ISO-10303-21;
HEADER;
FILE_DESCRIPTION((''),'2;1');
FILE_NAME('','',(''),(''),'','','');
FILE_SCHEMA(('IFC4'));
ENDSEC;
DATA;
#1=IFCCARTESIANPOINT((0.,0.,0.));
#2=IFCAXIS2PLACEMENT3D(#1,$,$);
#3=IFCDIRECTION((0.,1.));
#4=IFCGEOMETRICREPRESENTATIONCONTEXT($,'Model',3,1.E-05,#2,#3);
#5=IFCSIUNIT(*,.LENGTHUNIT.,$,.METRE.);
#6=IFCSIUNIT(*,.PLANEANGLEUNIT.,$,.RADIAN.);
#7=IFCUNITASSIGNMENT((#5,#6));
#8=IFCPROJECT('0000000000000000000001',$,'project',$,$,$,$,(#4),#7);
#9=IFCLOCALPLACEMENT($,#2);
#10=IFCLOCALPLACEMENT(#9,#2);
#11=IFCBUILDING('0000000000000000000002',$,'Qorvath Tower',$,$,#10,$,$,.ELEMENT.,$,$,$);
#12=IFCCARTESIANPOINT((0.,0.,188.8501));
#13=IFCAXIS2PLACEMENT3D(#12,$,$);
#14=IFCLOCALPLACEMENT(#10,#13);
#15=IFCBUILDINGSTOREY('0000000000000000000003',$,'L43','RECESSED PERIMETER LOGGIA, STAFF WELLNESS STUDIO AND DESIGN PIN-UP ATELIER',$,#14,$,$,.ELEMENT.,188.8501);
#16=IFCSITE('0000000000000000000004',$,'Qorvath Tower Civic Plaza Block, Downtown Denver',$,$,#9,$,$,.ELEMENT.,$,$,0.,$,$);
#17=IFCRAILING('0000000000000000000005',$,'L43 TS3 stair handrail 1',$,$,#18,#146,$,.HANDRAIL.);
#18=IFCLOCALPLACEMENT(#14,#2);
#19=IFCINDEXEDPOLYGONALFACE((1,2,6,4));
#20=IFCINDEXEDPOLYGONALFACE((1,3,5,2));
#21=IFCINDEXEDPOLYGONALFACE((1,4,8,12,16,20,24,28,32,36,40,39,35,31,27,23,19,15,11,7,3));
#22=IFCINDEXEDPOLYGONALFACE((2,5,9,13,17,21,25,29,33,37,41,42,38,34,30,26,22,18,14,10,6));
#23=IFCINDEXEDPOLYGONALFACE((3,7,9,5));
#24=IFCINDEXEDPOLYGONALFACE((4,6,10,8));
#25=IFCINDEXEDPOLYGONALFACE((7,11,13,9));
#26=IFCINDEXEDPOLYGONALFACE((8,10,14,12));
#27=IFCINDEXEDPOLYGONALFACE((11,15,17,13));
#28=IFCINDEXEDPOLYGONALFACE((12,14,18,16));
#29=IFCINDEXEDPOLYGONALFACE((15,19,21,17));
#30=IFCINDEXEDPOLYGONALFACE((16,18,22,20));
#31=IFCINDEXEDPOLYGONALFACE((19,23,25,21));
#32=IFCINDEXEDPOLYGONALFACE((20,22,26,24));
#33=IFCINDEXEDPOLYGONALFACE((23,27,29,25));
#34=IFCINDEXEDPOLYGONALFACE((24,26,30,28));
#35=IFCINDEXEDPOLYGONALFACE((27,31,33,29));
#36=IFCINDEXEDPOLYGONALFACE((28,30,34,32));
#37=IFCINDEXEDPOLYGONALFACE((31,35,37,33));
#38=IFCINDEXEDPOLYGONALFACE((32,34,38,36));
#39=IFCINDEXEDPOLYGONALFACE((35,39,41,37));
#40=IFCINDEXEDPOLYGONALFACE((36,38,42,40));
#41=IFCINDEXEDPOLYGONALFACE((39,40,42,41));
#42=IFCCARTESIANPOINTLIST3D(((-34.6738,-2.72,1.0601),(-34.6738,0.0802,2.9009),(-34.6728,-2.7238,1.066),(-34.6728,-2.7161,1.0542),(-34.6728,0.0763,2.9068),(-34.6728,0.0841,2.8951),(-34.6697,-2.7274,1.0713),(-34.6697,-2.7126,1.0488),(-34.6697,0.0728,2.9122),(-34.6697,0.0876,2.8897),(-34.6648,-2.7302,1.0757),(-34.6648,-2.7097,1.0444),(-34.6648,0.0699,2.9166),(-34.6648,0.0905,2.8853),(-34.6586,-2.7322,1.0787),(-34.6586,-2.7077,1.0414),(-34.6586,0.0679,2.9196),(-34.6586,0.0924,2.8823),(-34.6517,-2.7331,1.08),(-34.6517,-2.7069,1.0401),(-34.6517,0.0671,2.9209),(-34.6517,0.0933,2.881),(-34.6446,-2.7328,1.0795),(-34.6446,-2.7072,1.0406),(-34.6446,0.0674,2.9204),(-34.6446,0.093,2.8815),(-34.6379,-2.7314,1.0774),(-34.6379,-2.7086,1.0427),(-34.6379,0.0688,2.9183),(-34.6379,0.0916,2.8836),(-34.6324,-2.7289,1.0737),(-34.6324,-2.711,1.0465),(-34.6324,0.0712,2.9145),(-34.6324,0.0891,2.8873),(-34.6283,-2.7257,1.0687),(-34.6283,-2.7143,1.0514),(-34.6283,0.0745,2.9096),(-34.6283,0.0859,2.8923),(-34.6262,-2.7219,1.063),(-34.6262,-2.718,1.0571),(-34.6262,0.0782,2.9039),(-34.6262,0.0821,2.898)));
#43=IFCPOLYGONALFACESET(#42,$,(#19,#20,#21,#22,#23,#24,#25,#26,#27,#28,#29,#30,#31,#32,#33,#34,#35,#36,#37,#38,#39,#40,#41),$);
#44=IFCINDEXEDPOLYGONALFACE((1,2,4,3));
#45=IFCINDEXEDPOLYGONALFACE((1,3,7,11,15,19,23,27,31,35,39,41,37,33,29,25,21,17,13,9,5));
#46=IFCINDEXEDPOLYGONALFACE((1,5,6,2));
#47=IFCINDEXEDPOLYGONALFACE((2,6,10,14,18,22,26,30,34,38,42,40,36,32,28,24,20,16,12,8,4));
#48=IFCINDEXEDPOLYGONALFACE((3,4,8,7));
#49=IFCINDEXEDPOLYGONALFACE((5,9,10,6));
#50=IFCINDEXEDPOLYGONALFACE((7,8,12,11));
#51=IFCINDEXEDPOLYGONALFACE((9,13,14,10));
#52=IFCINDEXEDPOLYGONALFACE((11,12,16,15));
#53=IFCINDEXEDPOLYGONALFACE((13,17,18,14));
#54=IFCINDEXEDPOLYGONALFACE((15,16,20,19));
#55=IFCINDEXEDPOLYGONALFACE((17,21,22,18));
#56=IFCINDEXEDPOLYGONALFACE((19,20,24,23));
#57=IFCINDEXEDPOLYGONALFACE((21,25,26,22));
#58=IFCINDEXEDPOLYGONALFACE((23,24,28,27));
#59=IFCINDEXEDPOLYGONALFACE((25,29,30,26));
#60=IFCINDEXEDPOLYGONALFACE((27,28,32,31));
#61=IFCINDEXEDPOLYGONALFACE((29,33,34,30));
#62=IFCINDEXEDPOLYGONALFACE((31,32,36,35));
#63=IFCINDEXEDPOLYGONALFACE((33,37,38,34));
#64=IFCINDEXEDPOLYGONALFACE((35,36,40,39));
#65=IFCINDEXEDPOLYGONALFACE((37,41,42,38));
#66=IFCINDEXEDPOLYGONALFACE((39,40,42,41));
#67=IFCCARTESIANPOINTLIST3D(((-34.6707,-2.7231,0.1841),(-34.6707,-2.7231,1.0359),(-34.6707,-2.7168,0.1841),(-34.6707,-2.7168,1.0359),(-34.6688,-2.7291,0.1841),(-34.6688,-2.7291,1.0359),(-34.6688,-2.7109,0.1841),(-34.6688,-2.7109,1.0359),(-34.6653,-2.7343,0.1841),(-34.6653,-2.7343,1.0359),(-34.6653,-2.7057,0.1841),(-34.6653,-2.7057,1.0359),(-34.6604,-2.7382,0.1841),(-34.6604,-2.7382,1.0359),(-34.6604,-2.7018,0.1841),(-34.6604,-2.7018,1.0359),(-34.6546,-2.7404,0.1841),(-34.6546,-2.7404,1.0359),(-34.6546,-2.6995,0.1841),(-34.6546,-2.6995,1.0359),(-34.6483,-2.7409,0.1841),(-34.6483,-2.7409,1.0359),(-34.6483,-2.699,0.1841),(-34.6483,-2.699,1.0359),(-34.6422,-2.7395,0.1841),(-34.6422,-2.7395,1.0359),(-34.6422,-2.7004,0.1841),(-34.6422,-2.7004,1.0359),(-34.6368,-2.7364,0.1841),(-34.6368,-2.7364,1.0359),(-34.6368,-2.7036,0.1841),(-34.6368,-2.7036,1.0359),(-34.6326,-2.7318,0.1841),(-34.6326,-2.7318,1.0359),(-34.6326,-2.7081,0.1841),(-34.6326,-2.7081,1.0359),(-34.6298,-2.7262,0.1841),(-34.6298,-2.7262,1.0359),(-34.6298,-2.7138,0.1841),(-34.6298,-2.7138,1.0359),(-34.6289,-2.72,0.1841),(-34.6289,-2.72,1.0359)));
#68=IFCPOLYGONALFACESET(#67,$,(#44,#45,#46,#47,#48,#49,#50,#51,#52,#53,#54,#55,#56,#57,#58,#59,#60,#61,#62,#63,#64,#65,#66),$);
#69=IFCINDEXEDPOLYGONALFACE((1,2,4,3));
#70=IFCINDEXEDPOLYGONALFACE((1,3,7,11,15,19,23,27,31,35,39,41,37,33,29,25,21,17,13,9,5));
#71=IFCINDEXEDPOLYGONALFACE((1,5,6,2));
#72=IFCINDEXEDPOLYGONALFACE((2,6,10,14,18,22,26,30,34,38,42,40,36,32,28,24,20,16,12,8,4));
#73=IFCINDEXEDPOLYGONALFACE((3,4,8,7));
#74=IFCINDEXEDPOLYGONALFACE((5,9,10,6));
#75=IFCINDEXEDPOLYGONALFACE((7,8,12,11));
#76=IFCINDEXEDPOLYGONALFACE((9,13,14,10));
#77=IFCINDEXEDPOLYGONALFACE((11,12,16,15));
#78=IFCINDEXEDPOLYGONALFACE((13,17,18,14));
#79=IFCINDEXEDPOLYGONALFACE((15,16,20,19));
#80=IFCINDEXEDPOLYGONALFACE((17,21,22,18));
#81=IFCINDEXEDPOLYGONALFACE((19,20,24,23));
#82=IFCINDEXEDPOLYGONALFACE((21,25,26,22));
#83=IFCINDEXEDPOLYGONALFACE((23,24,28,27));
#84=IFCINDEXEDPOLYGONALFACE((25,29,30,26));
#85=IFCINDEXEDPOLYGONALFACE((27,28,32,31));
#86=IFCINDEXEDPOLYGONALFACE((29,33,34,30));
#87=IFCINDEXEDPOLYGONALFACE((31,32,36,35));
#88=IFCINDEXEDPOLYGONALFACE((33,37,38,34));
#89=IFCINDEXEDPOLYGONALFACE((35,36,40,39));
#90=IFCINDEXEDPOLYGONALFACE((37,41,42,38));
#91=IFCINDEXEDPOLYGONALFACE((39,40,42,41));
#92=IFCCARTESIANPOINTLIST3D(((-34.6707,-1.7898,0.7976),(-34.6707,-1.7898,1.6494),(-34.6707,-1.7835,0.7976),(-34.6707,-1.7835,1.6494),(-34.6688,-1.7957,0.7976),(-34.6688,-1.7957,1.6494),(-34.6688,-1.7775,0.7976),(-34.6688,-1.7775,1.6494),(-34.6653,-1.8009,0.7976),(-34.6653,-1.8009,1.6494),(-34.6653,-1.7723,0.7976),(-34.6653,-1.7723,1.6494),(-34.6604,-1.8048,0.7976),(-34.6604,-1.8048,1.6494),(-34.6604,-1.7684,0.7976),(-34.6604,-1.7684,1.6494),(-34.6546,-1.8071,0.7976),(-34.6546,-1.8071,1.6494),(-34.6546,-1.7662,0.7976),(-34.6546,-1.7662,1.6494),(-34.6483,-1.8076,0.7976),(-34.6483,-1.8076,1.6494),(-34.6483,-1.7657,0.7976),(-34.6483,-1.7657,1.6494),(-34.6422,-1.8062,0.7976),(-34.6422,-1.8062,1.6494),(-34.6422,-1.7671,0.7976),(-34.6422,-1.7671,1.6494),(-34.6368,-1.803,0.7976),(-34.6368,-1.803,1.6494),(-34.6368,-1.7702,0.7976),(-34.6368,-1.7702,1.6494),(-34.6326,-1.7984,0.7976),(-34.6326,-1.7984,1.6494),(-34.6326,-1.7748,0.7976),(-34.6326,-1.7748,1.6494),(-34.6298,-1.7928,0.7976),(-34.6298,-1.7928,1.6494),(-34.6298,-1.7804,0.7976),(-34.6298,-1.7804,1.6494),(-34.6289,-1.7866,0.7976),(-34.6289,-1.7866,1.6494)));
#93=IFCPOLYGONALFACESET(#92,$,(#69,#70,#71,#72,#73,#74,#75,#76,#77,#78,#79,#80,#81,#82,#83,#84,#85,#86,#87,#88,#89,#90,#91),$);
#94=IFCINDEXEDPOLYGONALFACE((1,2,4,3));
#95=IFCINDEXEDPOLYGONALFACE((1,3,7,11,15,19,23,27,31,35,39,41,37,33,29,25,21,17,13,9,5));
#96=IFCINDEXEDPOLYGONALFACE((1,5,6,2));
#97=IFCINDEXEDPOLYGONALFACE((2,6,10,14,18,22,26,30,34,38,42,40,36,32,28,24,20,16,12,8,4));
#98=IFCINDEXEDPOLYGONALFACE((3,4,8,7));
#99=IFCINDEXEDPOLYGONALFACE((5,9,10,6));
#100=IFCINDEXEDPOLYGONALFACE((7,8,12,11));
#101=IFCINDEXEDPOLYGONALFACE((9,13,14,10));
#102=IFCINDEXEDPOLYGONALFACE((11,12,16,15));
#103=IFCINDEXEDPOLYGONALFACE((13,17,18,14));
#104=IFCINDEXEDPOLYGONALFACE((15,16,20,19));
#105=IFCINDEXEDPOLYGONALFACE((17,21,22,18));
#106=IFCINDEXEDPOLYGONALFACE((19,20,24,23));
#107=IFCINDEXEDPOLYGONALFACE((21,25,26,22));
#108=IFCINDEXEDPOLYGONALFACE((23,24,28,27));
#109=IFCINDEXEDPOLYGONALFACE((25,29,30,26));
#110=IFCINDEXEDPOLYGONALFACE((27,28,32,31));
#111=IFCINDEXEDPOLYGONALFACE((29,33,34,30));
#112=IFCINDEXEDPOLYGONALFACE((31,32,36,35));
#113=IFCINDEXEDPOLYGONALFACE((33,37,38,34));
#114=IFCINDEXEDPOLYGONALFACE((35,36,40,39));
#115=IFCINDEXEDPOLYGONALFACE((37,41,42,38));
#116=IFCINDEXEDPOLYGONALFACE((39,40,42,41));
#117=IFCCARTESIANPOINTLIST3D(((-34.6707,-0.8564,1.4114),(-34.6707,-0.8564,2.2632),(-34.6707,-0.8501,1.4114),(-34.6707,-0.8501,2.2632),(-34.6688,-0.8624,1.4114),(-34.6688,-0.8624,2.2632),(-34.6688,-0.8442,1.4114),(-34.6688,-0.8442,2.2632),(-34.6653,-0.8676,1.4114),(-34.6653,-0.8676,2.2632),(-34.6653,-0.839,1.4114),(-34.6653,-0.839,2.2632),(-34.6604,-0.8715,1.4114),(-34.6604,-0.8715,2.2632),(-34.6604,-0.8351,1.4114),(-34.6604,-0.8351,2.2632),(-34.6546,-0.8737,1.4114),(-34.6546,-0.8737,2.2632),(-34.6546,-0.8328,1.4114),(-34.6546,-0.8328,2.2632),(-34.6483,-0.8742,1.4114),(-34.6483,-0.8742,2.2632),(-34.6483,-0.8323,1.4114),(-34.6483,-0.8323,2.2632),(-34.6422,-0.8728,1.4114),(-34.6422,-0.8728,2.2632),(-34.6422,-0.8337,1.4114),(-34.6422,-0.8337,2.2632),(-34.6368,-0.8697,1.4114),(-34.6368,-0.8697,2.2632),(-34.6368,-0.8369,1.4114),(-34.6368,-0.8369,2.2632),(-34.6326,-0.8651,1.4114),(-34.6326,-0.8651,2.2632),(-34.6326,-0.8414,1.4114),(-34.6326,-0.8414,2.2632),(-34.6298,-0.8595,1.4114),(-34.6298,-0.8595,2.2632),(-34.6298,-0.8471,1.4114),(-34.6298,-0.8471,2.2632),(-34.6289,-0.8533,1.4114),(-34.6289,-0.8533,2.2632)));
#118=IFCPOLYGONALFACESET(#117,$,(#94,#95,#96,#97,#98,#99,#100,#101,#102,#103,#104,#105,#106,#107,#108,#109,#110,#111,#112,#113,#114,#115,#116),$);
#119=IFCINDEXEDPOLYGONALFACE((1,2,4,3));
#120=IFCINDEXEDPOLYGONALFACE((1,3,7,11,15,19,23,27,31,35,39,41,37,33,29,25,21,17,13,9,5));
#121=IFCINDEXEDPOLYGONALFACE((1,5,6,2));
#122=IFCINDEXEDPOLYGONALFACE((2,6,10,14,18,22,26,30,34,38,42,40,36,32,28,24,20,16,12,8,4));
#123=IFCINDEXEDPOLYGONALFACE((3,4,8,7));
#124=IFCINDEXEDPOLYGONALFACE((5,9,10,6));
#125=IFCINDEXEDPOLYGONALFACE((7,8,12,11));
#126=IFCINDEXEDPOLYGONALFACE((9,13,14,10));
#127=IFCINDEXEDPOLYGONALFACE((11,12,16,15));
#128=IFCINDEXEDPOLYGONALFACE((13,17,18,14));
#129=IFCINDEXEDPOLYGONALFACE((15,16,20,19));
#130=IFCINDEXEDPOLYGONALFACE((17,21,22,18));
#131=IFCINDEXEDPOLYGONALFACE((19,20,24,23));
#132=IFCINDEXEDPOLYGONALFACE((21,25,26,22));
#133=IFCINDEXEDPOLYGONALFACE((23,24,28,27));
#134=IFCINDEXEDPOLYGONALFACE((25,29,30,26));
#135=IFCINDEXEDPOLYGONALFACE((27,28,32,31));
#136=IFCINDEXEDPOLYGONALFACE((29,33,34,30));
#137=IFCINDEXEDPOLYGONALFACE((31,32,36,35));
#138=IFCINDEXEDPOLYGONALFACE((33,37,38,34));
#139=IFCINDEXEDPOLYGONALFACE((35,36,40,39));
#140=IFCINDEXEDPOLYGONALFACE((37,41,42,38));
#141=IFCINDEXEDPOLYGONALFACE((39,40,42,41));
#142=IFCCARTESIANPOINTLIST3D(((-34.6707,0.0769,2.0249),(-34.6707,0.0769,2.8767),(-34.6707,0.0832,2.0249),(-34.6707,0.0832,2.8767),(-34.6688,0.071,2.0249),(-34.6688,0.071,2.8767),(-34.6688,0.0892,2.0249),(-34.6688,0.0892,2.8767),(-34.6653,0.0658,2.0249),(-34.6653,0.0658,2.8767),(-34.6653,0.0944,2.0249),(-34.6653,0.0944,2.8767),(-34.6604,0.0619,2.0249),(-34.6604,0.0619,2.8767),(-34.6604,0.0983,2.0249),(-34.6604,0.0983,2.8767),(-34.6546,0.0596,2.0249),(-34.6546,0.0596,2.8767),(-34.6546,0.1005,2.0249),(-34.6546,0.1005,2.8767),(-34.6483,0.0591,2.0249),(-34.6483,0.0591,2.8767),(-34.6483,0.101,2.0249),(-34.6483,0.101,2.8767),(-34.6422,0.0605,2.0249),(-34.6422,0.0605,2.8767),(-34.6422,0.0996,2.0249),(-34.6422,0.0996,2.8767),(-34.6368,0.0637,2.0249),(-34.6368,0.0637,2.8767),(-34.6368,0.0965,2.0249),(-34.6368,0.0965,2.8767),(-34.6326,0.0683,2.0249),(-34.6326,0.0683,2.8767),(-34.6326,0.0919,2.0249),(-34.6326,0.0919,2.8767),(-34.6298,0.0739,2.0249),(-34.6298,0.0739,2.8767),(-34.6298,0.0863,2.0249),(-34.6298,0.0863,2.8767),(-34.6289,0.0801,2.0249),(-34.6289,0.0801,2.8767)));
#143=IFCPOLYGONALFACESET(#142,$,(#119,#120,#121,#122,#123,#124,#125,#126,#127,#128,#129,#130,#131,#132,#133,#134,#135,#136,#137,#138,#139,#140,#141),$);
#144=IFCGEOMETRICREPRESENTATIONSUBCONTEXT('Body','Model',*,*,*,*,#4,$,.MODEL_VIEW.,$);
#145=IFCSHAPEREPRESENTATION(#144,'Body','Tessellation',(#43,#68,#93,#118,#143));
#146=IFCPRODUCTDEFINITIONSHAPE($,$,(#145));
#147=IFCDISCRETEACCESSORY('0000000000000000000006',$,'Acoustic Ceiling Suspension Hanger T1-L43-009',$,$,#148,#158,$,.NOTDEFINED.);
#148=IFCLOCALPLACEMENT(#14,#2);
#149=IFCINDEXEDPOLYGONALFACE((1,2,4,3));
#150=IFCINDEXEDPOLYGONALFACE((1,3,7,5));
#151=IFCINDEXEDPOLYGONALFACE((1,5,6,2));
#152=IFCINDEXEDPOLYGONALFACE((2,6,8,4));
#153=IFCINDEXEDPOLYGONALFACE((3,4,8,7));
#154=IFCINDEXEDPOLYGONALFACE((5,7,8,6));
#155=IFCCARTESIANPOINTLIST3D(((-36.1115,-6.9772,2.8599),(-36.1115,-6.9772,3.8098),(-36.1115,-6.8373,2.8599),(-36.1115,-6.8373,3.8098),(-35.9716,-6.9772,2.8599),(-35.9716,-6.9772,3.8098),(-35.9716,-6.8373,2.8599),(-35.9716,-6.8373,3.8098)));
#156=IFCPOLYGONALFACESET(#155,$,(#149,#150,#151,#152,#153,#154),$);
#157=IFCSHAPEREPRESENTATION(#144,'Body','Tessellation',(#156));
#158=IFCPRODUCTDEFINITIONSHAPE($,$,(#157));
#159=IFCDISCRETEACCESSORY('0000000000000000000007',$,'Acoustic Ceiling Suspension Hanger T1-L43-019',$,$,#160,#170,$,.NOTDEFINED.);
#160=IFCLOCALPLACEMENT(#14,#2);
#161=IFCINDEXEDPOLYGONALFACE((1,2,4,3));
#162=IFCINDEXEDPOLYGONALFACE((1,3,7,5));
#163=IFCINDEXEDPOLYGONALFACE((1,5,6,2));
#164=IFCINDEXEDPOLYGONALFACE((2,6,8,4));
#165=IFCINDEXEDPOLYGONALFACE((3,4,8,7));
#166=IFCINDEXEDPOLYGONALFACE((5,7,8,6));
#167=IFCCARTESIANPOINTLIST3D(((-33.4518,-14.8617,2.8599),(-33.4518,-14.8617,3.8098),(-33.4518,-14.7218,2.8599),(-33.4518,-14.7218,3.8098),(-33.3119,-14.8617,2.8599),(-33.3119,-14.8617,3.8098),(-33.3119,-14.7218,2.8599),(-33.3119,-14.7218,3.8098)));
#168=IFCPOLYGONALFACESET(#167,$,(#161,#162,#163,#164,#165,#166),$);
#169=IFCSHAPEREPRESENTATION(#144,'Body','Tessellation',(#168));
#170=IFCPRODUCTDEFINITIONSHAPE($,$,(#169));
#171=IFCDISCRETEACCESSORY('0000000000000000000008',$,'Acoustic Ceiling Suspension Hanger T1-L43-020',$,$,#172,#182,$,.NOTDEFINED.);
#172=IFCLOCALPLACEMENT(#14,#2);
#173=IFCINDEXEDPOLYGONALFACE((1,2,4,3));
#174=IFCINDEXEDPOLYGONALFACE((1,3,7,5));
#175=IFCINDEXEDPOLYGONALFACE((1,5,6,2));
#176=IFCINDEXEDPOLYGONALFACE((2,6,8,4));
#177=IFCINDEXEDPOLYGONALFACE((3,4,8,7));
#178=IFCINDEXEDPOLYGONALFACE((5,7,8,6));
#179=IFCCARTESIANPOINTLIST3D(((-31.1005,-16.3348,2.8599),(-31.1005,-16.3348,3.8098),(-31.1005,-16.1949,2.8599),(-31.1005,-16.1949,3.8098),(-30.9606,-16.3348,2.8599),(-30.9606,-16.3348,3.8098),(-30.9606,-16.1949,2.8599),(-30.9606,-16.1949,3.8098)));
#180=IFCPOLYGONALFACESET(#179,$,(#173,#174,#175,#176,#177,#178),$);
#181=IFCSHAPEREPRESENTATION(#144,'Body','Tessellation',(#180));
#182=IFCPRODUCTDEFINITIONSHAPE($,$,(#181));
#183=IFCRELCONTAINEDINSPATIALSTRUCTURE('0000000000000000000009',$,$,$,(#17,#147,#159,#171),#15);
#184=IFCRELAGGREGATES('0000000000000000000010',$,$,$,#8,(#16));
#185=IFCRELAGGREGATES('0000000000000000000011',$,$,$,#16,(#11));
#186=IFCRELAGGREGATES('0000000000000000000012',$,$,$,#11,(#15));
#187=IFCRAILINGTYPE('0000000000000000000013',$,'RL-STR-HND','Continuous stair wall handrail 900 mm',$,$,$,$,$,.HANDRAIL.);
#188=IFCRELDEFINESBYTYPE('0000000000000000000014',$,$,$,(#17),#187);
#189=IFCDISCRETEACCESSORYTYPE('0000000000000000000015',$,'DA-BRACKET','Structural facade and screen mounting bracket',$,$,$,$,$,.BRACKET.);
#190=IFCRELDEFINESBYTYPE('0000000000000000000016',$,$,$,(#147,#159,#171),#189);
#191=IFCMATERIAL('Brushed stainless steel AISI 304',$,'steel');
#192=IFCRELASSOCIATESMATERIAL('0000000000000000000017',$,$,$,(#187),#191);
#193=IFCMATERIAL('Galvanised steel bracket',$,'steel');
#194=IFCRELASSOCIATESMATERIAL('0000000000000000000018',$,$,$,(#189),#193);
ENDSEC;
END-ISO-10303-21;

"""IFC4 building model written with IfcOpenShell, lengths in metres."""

from ifc_helpers import new_model, si_unit, direction, frame, origin, origin_2d, place, context, subcontext, project, spatial, rectangle, circle, extrude, material, type_object, element, save


model = new_model("IFC4")

# Units and contexts
model_context = context("Model", 3, precision=1e-05, world=origin(), true_north=direction((0.0, 1.0)))
body_context = subcontext(model_context, "Body", "Model", "MODEL_VIEW")
ifc_project = project(units=[si_unit("LENGTHUNIT", "METRE"), si_unit("PLANEANGLEUNIT", "RADIAN")], contexts=[model_context])

# Site, building, storey
site_placement = place(None, origin())
site = spatial("IfcSite", under=ifc_project, at=site_placement, Name="Qorvath Tower Civic Plaza Block, Downtown Denver", CompositionType="ELEMENT", RefElevation=0.0)
building_placement = place(site_placement, origin())
building = spatial("IfcBuilding", under=site, at=building_placement, Name="Qorvath Tower", CompositionType="ELEMENT")
storey_placement = place(building_placement, frame((0.0, 0.0, 188.8501)))
storey = spatial("IfcBuildingStorey", under=building, at=storey_placement, Name="L43", Description="RECESSED PERIMETER LOGGIA, STAFF WELLNESS STUDIO AND DESIGN PIN-UP ATELIER", CompositionType="ELEMENT", Elevation=188.8501)

# Railing
ifc_material_1 = material(Name="Brushed stainless steel AISI 304", Category="steel")
railing_type_1 = type_object("IfcRailingType", Name="RL-STR-HND", Description="Continuous stair wall handrail 900 mm", PredefinedType="HANDRAIL", material=ifc_material_1)
railing_1_placement = place(storey_placement, frame((-34.6499, -2.72, 0.1841)))
element("IfcRailing", 1, at=railing_1_placement, inside=storey, type_object=railing_type_1, Name="L43 TS3 stair handrail 1", PredefinedType="HANDRAIL", context=body_context, shape_type="SweptSolid", body=[
    extrude(circle(Radius=0.0239, at=origin_2d()), frame((0.0, 0.0, 0.876), z_axis=(0.0, 0.835598, 0.549342), x_axis=(-1.0, 0.0, 0.0)), (0.0, 0.0, 1.0), 3.3511),
    extrude(circle(Radius=0.021, at=origin_2d()), origin(), (0.0, 0.0, 1.0), 0.8518),
    extrude(circle(Radius=0.021, at=origin_2d()), frame((0.0, 0.9333, 0.6135)), (0.0, 0.0, 1.0), 0.8518),
    extrude(circle(Radius=0.021, at=origin_2d()), frame((0.0, 1.8667, 1.2273)), (0.0, 0.0, 1.0), 0.8518),
    extrude(circle(Radius=0.021, at=origin_2d()), frame((0.0, 2.8, 1.8408)), (0.0, 0.0, 1.0), 0.8518),
])

# Discrete accessories
ifc_material_2 = material(Name="Galvanised steel bracket", Category="steel")
discrete_accessory_type = type_object("IfcDiscreteAccessoryType", Name="DA-BRACKET", Description="Structural facade and screen mounting bracket", PredefinedType="BRACKET", material=ifc_material_2)
for number, where, z_axis, x_axis, name in (
    (2, (-36.0415, -6.9072, 2.8599), (0.0, 0.0, 1.0), (1.0, 0.0, 0.0), "Acoustic Ceiling Suspension Hanger T1-L43-009"),
    (3, (-33.3818, -14.7917, 2.8599), (0.0, 0.0, 1.0), (1.0, 0.0, 0.0), "Acoustic Ceiling Suspension Hanger T1-L43-019"),
    (4, (-31.0305, -16.2649, 2.8599), (0.0, 0.0, 1.0), (1.0, 0.0, 0.0), "Acoustic Ceiling Suspension Hanger T1-L43-020"),
):
    element("IfcDiscreteAccessory", number, at=place(storey_placement, frame(where, z_axis=z_axis, x_axis=x_axis)), inside=storey, type_object=discrete_accessory_type, Name=name, PredefinedType="NOTDEFINED", context=body_context, shape_type="SweptSolid", body=[
        extrude(rectangle(XDim=0.1399, YDim=0.1399, at=origin_2d()), origin(), (0.0, 0.0, 1.0), 0.95),
    ])

save(model, "model.ifc")
